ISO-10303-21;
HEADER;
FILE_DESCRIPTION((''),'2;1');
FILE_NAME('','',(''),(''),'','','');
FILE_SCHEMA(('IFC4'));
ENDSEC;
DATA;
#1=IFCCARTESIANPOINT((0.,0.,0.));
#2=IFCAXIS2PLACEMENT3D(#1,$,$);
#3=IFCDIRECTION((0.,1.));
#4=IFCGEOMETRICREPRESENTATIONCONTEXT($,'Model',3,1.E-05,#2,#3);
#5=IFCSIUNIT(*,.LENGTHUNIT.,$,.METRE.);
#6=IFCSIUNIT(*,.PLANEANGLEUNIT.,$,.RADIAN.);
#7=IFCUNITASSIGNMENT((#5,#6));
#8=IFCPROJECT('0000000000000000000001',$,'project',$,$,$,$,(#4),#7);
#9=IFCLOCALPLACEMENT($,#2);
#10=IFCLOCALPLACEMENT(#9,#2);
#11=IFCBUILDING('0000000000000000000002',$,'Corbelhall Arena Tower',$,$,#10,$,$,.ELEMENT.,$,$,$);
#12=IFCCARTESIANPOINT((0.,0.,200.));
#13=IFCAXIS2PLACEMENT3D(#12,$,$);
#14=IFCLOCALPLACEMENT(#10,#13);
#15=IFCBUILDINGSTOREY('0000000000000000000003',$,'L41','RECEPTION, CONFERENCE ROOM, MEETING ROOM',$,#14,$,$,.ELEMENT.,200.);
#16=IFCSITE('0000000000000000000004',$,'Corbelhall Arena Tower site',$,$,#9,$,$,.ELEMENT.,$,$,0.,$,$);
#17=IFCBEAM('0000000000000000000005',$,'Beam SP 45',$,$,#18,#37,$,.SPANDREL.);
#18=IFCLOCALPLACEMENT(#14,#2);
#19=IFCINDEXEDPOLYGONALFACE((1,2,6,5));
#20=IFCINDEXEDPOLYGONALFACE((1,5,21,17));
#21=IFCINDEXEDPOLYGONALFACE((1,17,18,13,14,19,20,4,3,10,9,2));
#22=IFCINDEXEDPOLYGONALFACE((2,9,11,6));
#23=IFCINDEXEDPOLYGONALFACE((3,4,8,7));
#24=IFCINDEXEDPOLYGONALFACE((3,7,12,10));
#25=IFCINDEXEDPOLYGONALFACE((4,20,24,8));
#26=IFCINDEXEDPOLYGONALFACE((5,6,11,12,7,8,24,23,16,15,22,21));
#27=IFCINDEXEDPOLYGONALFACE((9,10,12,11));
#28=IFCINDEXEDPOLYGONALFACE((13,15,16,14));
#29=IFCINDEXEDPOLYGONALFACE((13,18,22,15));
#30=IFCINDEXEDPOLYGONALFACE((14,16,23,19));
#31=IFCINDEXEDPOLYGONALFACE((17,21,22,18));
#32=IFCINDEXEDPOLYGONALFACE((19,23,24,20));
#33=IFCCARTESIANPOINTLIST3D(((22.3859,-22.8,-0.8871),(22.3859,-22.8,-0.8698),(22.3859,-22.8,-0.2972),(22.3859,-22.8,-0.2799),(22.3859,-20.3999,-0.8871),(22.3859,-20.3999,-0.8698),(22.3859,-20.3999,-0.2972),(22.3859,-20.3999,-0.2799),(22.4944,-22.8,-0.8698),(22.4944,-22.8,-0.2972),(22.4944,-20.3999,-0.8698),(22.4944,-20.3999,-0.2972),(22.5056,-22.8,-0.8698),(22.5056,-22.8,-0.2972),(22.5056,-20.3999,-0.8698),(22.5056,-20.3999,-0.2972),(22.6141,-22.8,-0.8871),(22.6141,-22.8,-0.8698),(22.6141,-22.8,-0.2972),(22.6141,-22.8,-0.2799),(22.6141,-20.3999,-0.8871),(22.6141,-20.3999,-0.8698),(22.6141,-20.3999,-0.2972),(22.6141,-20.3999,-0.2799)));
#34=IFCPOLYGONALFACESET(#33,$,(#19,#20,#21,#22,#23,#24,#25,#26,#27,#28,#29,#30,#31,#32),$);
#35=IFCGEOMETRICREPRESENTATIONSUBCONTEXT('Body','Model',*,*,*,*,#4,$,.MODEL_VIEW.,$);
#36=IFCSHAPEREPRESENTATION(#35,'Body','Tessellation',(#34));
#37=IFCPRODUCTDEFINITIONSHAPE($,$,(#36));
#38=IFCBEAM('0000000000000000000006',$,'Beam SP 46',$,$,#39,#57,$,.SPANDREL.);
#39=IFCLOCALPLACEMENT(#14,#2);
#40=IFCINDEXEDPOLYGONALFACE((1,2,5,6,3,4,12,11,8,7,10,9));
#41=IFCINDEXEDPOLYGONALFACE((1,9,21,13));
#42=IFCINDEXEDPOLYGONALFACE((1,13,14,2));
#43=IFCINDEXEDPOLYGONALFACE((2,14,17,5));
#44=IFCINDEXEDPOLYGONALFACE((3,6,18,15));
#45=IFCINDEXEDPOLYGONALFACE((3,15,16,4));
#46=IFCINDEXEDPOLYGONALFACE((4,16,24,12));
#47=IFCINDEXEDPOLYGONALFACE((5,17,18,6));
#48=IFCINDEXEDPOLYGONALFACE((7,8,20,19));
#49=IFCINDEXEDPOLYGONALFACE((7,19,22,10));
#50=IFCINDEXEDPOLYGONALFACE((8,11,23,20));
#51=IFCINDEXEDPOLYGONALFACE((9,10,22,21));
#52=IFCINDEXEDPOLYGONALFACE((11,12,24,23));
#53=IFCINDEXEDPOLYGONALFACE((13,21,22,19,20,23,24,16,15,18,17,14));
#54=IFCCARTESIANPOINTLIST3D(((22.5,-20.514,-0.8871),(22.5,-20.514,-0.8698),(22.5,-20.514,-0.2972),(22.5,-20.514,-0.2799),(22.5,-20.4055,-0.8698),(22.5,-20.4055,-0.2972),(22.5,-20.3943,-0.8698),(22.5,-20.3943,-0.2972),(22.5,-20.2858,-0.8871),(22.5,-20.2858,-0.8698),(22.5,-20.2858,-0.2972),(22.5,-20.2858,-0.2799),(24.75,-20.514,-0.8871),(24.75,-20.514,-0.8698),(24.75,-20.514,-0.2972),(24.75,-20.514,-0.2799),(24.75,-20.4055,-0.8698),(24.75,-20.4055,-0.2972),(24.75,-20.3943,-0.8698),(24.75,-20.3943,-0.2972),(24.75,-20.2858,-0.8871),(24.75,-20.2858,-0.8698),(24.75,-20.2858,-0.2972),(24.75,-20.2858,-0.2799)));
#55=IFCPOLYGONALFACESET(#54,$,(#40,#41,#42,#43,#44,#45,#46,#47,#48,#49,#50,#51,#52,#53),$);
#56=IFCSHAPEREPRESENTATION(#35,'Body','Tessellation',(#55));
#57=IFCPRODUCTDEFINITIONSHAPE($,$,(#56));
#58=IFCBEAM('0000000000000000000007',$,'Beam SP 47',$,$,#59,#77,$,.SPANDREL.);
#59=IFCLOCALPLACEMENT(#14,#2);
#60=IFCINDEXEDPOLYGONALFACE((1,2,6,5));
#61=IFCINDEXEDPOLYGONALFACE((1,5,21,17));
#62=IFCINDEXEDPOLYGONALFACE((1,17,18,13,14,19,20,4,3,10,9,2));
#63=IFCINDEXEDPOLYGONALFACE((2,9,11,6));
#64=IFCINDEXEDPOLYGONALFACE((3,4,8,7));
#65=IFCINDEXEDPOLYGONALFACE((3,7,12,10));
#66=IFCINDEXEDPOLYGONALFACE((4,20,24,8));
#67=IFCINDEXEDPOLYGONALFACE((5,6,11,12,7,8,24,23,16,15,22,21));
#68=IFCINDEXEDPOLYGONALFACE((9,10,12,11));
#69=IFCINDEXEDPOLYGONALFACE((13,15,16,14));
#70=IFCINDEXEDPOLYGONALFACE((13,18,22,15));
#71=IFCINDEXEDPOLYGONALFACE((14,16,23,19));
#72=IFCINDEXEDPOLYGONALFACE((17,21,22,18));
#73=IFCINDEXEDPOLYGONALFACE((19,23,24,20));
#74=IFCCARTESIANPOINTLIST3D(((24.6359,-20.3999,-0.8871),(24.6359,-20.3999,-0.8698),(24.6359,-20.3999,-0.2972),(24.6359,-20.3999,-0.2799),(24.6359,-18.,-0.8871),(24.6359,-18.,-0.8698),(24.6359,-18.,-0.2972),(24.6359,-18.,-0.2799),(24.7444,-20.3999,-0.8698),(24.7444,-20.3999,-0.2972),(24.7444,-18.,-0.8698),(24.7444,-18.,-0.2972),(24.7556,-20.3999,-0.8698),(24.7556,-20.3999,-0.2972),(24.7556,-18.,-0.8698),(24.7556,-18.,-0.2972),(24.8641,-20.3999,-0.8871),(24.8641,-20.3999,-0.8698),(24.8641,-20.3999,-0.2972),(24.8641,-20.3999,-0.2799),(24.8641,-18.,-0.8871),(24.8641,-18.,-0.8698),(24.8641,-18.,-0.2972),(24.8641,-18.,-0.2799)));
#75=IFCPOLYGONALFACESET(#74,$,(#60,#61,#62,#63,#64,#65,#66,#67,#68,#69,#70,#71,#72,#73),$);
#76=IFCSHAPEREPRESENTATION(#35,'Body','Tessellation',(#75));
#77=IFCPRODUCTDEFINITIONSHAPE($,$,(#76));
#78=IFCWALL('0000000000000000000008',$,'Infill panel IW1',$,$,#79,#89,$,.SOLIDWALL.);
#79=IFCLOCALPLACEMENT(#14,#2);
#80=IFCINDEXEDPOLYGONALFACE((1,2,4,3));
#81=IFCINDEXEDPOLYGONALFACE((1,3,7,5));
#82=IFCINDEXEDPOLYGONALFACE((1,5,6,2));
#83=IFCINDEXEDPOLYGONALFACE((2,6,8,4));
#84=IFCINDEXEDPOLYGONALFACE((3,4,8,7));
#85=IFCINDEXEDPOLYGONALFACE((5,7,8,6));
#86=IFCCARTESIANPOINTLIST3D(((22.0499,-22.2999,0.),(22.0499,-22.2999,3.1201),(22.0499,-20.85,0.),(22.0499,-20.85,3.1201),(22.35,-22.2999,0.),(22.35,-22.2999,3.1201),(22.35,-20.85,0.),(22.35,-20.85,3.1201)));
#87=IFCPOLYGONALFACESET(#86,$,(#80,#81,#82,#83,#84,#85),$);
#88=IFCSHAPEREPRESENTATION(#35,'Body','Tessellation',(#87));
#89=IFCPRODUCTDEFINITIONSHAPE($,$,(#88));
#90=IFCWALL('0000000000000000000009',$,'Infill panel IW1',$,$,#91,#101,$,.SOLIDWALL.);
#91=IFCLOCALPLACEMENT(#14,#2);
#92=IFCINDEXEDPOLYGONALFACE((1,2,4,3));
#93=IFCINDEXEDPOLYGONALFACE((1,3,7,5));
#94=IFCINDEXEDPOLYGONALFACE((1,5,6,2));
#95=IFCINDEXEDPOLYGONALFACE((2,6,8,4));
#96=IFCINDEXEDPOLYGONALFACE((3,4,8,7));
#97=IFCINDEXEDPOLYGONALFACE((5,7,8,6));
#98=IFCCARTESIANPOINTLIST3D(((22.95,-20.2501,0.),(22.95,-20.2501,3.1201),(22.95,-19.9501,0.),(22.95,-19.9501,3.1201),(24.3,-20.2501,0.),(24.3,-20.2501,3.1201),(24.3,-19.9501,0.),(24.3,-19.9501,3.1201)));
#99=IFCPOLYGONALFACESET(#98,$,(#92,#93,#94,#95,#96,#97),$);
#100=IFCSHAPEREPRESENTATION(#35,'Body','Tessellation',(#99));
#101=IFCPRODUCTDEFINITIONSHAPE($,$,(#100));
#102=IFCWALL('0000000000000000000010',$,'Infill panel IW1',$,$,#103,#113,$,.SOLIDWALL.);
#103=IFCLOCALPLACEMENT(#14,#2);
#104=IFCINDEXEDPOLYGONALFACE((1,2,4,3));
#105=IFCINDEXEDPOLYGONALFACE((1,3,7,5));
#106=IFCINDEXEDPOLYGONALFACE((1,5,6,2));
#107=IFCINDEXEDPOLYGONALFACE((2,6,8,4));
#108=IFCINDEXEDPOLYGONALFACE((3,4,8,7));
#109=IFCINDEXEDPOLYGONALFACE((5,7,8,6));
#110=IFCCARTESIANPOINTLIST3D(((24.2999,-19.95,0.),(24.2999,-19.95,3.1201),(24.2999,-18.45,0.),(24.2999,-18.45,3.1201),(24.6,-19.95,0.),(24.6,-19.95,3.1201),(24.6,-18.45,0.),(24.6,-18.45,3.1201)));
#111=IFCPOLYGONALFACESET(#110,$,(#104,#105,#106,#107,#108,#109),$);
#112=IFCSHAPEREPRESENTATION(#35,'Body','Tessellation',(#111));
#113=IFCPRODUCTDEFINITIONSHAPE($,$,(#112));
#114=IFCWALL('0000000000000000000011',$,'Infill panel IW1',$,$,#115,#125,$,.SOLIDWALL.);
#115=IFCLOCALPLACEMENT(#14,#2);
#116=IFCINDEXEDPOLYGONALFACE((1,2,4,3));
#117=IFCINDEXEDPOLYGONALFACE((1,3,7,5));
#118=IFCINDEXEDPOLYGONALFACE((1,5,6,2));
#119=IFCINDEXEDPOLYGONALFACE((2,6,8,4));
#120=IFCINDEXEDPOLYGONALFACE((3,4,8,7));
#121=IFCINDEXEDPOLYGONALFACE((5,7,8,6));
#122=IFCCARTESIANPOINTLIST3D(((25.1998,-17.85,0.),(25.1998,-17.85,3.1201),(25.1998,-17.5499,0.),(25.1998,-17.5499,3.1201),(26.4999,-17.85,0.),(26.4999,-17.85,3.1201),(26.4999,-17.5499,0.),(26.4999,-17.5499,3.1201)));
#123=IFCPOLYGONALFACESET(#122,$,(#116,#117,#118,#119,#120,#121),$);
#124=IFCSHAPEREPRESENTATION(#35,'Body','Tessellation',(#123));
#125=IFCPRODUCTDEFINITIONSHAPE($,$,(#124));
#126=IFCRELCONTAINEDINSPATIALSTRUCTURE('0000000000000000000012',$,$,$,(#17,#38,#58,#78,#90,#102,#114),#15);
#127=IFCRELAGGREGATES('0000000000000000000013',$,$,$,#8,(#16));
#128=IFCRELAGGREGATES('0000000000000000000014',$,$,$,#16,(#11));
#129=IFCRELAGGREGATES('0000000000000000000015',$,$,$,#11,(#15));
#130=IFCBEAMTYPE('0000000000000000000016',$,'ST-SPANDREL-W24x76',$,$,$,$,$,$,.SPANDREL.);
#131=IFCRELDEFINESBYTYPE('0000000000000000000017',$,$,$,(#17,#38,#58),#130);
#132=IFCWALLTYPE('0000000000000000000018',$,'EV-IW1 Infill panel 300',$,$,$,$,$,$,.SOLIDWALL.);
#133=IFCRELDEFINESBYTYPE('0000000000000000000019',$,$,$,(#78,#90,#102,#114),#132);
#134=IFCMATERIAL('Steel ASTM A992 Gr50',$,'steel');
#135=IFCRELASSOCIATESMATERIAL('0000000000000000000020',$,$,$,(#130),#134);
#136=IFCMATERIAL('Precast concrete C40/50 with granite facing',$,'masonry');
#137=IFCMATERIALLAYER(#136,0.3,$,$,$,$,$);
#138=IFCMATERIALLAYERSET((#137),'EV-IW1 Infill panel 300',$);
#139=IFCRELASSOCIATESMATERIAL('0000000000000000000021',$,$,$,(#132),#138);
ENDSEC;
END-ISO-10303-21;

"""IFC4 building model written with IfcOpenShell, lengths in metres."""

from ifc_helpers import new_model, si_unit, direction, frame, frame_2d, origin, origin_2d, place, context, subcontext, project, spatial, rectangle, i_section, extrude, material, layer, layer_set, material_profile, profile_set, type_object, element, save


model = new_model("IFC4")

# Units and contexts
model_context = context("Model", 3, precision=1e-05, world=origin(), true_north=direction((0.0, 1.0)))
body_context = subcontext(model_context, "Body", "Model", "MODEL_VIEW")
ifc_project = project(units=[si_unit("LENGTHUNIT", "METRE"), si_unit("PLANEANGLEUNIT", "RADIAN")], contexts=[model_context])

# Site, building, storey
site_placement = place(None, origin())
site = spatial("IfcSite", under=ifc_project, at=site_placement, Name="Corbelhall Arena Tower site", CompositionType="ELEMENT", RefElevation=0.0)
building_placement = place(site_placement, origin())
building = spatial("IfcBuilding", under=site, at=building_placement, Name="Corbelhall Arena Tower", CompositionType="ELEMENT")
storey_placement = place(building_placement, frame((0.0, 0.0, 200.0)))
storey = spatial("IfcBuildingStorey", under=building, at=storey_placement, Name="L41", Description="RECEPTION, CONFERENCE ROOM, MEETING ROOM", CompositionType="ELEMENT", Elevation=200.0)

# Beams
ifc_material_1 = material(Name="Steel ASTM A992 Gr50", Category="steel")
ifc_material_profile_1 = material_profile(ifc_material_1, i_section(OverallWidth=0.2283, OverallDepth=0.6072, WebThickness=0.0112, FlangeThickness=0.0173, at=origin_2d()))
ifc_profile_set_1 = profile_set([ifc_material_profile_1], Name="Steel ASTM A992 Gr50")
beam_type = type_object("IfcBeamType", Name="ST-SPANDREL-W24x76", PredefinedType="SPANDREL", material=ifc_profile_set_1)
beam_1_placement = place(storey_placement, frame((22.5, -20.3999, -0.5835), z_axis=(0.0, -1.0, 0.0), x_axis=(1.0, 0.0, 0.0)))
element("IfcBeam", 1, at=beam_1_placement, inside=storey, type_object=beam_type, Name="Beam SP 45", PredefinedType="SPANDREL", context=body_context, shape_type="SweptSolid", body=[
    extrude(i_section(OverallWidth=0.2283, OverallDepth=0.6072, WebThickness=0.0112, FlangeThickness=0.0173, at=origin_2d()), origin(), (0.0, 0.0, 1.0), 2.4001),
])
beam_2_placement = place(storey_placement, frame((24.75, -20.3999, -0.5835), z_axis=(-1.0, 0.0, 0.0), x_axis=(0.0, -1.0, 0.0)))
element("IfcBeam", 2, at=beam_2_placement, inside=storey, type_object=beam_type, Name="Beam SP 46", PredefinedType="SPANDREL", context=body_context, shape_type="SweptSolid", body=[
    extrude(i_section(OverallWidth=0.2283, OverallDepth=0.6072, WebThickness=0.0112, FlangeThickness=0.0173, at=origin_2d()), origin(), (0.0, 0.0, 1.0), 2.25),
])
beam_3_placement = place(storey_placement, frame((24.75, -18.0, -0.5835), z_axis=(0.0, -1.0, 0.0), x_axis=(1.0, 0.0, 0.0)))
element("IfcBeam", 3, at=beam_3_placement, inside=storey, type_object=beam_type, Name="Beam SP 47", PredefinedType="SPANDREL", context=body_context, shape_type="SweptSolid", body=[
    extrude(i_section(OverallWidth=0.2283, OverallDepth=0.6072, WebThickness=0.0112, FlangeThickness=0.0173, at=origin_2d()), origin(), (0.0, 0.0, 1.0), 2.3999),
])

# Shared definitions
ifc_material_2 = material(Name="Precast concrete C40/50 with granite facing", Category="masonry")
ifc_layer_1 = layer(ifc_material_2, 0.3)
ifc_layer_set_1 = layer_set([ifc_layer_1], Name="EV-IW1 Infill panel 300")
wall_type_1 = type_object("IfcWallType", Name="EV-IW1 Infill panel 300", PredefinedType="SOLIDWALL", material=ifc_layer_set_1)

# Walls
wall_1_placement = place(storey_placement, frame((22.2, -22.3, 0.0), z_axis=(0.0, 0.0, 1.0), x_axis=(0.0, 1.0, 0.0)))
element("IfcWall", 4, at=wall_1_placement, inside=storey, type_object=wall_type_1, Name="Infill panel IW1", PredefinedType="SOLIDWALL", context=body_context, shape_type="SweptSolid", body=[
    extrude(rectangle(XDim=1.45, YDim=0.3, at=frame_2d((0.7251, 0.0))), origin(), (0.0, 0.0, 1.0), 3.1201),
])
wall_2_placement = place(storey_placement, frame((22.95, -20.1001, 0.0), z_axis=(0.0, 0.0, 1.0), x_axis=(1.0, 0.0, 0.0)))
element("IfcWall", 5, at=wall_2_placement, inside=storey, type_object=wall_type_1, Name="Infill panel IW1", PredefinedType="SOLIDWALL", context=body_context, shape_type="SweptSolid", body=[
    extrude(rectangle(XDim=1.3501, YDim=0.3, at=frame_2d((0.675, 0.0))), origin(), (0.0, 0.0, 1.0), 3.1201),
])
wall_3_placement = place(storey_placement, frame((24.45, -19.95, 0.0), z_axis=(0.0, 0.0, 1.0), x_axis=(0.0, 1.0, 0.0)))
element("IfcWall", 6, at=wall_3_placement, inside=storey, type_object=wall_type_1, Name="Infill panel IW1", PredefinedType="SOLIDWALL", context=body_context, shape_type="SweptSolid", body=[
    extrude(rectangle(XDim=1.5, YDim=0.3, at=frame_2d((0.75, 0.0))), origin(), (0.0, 0.0, 1.0), 3.1201),
])
wall_4_placement = place(storey_placement, frame((25.2, -17.7, 0.0), z_axis=(0.0, 0.0, 1.0), x_axis=(1.0, 0.0, 0.0)))
element("IfcWall", 7, at=wall_4_placement, inside=storey, type_object=wall_type_1, Name="Infill panel IW1", PredefinedType="SOLIDWALL", context=body_context, shape_type="SweptSolid", body=[
    extrude(rectangle(XDim=1.3, YDim=0.3, at=frame_2d((0.6499, 0.0))), origin(), (0.0, 0.0, 1.0), 3.1201),
])

save(model, "model.ifc")
